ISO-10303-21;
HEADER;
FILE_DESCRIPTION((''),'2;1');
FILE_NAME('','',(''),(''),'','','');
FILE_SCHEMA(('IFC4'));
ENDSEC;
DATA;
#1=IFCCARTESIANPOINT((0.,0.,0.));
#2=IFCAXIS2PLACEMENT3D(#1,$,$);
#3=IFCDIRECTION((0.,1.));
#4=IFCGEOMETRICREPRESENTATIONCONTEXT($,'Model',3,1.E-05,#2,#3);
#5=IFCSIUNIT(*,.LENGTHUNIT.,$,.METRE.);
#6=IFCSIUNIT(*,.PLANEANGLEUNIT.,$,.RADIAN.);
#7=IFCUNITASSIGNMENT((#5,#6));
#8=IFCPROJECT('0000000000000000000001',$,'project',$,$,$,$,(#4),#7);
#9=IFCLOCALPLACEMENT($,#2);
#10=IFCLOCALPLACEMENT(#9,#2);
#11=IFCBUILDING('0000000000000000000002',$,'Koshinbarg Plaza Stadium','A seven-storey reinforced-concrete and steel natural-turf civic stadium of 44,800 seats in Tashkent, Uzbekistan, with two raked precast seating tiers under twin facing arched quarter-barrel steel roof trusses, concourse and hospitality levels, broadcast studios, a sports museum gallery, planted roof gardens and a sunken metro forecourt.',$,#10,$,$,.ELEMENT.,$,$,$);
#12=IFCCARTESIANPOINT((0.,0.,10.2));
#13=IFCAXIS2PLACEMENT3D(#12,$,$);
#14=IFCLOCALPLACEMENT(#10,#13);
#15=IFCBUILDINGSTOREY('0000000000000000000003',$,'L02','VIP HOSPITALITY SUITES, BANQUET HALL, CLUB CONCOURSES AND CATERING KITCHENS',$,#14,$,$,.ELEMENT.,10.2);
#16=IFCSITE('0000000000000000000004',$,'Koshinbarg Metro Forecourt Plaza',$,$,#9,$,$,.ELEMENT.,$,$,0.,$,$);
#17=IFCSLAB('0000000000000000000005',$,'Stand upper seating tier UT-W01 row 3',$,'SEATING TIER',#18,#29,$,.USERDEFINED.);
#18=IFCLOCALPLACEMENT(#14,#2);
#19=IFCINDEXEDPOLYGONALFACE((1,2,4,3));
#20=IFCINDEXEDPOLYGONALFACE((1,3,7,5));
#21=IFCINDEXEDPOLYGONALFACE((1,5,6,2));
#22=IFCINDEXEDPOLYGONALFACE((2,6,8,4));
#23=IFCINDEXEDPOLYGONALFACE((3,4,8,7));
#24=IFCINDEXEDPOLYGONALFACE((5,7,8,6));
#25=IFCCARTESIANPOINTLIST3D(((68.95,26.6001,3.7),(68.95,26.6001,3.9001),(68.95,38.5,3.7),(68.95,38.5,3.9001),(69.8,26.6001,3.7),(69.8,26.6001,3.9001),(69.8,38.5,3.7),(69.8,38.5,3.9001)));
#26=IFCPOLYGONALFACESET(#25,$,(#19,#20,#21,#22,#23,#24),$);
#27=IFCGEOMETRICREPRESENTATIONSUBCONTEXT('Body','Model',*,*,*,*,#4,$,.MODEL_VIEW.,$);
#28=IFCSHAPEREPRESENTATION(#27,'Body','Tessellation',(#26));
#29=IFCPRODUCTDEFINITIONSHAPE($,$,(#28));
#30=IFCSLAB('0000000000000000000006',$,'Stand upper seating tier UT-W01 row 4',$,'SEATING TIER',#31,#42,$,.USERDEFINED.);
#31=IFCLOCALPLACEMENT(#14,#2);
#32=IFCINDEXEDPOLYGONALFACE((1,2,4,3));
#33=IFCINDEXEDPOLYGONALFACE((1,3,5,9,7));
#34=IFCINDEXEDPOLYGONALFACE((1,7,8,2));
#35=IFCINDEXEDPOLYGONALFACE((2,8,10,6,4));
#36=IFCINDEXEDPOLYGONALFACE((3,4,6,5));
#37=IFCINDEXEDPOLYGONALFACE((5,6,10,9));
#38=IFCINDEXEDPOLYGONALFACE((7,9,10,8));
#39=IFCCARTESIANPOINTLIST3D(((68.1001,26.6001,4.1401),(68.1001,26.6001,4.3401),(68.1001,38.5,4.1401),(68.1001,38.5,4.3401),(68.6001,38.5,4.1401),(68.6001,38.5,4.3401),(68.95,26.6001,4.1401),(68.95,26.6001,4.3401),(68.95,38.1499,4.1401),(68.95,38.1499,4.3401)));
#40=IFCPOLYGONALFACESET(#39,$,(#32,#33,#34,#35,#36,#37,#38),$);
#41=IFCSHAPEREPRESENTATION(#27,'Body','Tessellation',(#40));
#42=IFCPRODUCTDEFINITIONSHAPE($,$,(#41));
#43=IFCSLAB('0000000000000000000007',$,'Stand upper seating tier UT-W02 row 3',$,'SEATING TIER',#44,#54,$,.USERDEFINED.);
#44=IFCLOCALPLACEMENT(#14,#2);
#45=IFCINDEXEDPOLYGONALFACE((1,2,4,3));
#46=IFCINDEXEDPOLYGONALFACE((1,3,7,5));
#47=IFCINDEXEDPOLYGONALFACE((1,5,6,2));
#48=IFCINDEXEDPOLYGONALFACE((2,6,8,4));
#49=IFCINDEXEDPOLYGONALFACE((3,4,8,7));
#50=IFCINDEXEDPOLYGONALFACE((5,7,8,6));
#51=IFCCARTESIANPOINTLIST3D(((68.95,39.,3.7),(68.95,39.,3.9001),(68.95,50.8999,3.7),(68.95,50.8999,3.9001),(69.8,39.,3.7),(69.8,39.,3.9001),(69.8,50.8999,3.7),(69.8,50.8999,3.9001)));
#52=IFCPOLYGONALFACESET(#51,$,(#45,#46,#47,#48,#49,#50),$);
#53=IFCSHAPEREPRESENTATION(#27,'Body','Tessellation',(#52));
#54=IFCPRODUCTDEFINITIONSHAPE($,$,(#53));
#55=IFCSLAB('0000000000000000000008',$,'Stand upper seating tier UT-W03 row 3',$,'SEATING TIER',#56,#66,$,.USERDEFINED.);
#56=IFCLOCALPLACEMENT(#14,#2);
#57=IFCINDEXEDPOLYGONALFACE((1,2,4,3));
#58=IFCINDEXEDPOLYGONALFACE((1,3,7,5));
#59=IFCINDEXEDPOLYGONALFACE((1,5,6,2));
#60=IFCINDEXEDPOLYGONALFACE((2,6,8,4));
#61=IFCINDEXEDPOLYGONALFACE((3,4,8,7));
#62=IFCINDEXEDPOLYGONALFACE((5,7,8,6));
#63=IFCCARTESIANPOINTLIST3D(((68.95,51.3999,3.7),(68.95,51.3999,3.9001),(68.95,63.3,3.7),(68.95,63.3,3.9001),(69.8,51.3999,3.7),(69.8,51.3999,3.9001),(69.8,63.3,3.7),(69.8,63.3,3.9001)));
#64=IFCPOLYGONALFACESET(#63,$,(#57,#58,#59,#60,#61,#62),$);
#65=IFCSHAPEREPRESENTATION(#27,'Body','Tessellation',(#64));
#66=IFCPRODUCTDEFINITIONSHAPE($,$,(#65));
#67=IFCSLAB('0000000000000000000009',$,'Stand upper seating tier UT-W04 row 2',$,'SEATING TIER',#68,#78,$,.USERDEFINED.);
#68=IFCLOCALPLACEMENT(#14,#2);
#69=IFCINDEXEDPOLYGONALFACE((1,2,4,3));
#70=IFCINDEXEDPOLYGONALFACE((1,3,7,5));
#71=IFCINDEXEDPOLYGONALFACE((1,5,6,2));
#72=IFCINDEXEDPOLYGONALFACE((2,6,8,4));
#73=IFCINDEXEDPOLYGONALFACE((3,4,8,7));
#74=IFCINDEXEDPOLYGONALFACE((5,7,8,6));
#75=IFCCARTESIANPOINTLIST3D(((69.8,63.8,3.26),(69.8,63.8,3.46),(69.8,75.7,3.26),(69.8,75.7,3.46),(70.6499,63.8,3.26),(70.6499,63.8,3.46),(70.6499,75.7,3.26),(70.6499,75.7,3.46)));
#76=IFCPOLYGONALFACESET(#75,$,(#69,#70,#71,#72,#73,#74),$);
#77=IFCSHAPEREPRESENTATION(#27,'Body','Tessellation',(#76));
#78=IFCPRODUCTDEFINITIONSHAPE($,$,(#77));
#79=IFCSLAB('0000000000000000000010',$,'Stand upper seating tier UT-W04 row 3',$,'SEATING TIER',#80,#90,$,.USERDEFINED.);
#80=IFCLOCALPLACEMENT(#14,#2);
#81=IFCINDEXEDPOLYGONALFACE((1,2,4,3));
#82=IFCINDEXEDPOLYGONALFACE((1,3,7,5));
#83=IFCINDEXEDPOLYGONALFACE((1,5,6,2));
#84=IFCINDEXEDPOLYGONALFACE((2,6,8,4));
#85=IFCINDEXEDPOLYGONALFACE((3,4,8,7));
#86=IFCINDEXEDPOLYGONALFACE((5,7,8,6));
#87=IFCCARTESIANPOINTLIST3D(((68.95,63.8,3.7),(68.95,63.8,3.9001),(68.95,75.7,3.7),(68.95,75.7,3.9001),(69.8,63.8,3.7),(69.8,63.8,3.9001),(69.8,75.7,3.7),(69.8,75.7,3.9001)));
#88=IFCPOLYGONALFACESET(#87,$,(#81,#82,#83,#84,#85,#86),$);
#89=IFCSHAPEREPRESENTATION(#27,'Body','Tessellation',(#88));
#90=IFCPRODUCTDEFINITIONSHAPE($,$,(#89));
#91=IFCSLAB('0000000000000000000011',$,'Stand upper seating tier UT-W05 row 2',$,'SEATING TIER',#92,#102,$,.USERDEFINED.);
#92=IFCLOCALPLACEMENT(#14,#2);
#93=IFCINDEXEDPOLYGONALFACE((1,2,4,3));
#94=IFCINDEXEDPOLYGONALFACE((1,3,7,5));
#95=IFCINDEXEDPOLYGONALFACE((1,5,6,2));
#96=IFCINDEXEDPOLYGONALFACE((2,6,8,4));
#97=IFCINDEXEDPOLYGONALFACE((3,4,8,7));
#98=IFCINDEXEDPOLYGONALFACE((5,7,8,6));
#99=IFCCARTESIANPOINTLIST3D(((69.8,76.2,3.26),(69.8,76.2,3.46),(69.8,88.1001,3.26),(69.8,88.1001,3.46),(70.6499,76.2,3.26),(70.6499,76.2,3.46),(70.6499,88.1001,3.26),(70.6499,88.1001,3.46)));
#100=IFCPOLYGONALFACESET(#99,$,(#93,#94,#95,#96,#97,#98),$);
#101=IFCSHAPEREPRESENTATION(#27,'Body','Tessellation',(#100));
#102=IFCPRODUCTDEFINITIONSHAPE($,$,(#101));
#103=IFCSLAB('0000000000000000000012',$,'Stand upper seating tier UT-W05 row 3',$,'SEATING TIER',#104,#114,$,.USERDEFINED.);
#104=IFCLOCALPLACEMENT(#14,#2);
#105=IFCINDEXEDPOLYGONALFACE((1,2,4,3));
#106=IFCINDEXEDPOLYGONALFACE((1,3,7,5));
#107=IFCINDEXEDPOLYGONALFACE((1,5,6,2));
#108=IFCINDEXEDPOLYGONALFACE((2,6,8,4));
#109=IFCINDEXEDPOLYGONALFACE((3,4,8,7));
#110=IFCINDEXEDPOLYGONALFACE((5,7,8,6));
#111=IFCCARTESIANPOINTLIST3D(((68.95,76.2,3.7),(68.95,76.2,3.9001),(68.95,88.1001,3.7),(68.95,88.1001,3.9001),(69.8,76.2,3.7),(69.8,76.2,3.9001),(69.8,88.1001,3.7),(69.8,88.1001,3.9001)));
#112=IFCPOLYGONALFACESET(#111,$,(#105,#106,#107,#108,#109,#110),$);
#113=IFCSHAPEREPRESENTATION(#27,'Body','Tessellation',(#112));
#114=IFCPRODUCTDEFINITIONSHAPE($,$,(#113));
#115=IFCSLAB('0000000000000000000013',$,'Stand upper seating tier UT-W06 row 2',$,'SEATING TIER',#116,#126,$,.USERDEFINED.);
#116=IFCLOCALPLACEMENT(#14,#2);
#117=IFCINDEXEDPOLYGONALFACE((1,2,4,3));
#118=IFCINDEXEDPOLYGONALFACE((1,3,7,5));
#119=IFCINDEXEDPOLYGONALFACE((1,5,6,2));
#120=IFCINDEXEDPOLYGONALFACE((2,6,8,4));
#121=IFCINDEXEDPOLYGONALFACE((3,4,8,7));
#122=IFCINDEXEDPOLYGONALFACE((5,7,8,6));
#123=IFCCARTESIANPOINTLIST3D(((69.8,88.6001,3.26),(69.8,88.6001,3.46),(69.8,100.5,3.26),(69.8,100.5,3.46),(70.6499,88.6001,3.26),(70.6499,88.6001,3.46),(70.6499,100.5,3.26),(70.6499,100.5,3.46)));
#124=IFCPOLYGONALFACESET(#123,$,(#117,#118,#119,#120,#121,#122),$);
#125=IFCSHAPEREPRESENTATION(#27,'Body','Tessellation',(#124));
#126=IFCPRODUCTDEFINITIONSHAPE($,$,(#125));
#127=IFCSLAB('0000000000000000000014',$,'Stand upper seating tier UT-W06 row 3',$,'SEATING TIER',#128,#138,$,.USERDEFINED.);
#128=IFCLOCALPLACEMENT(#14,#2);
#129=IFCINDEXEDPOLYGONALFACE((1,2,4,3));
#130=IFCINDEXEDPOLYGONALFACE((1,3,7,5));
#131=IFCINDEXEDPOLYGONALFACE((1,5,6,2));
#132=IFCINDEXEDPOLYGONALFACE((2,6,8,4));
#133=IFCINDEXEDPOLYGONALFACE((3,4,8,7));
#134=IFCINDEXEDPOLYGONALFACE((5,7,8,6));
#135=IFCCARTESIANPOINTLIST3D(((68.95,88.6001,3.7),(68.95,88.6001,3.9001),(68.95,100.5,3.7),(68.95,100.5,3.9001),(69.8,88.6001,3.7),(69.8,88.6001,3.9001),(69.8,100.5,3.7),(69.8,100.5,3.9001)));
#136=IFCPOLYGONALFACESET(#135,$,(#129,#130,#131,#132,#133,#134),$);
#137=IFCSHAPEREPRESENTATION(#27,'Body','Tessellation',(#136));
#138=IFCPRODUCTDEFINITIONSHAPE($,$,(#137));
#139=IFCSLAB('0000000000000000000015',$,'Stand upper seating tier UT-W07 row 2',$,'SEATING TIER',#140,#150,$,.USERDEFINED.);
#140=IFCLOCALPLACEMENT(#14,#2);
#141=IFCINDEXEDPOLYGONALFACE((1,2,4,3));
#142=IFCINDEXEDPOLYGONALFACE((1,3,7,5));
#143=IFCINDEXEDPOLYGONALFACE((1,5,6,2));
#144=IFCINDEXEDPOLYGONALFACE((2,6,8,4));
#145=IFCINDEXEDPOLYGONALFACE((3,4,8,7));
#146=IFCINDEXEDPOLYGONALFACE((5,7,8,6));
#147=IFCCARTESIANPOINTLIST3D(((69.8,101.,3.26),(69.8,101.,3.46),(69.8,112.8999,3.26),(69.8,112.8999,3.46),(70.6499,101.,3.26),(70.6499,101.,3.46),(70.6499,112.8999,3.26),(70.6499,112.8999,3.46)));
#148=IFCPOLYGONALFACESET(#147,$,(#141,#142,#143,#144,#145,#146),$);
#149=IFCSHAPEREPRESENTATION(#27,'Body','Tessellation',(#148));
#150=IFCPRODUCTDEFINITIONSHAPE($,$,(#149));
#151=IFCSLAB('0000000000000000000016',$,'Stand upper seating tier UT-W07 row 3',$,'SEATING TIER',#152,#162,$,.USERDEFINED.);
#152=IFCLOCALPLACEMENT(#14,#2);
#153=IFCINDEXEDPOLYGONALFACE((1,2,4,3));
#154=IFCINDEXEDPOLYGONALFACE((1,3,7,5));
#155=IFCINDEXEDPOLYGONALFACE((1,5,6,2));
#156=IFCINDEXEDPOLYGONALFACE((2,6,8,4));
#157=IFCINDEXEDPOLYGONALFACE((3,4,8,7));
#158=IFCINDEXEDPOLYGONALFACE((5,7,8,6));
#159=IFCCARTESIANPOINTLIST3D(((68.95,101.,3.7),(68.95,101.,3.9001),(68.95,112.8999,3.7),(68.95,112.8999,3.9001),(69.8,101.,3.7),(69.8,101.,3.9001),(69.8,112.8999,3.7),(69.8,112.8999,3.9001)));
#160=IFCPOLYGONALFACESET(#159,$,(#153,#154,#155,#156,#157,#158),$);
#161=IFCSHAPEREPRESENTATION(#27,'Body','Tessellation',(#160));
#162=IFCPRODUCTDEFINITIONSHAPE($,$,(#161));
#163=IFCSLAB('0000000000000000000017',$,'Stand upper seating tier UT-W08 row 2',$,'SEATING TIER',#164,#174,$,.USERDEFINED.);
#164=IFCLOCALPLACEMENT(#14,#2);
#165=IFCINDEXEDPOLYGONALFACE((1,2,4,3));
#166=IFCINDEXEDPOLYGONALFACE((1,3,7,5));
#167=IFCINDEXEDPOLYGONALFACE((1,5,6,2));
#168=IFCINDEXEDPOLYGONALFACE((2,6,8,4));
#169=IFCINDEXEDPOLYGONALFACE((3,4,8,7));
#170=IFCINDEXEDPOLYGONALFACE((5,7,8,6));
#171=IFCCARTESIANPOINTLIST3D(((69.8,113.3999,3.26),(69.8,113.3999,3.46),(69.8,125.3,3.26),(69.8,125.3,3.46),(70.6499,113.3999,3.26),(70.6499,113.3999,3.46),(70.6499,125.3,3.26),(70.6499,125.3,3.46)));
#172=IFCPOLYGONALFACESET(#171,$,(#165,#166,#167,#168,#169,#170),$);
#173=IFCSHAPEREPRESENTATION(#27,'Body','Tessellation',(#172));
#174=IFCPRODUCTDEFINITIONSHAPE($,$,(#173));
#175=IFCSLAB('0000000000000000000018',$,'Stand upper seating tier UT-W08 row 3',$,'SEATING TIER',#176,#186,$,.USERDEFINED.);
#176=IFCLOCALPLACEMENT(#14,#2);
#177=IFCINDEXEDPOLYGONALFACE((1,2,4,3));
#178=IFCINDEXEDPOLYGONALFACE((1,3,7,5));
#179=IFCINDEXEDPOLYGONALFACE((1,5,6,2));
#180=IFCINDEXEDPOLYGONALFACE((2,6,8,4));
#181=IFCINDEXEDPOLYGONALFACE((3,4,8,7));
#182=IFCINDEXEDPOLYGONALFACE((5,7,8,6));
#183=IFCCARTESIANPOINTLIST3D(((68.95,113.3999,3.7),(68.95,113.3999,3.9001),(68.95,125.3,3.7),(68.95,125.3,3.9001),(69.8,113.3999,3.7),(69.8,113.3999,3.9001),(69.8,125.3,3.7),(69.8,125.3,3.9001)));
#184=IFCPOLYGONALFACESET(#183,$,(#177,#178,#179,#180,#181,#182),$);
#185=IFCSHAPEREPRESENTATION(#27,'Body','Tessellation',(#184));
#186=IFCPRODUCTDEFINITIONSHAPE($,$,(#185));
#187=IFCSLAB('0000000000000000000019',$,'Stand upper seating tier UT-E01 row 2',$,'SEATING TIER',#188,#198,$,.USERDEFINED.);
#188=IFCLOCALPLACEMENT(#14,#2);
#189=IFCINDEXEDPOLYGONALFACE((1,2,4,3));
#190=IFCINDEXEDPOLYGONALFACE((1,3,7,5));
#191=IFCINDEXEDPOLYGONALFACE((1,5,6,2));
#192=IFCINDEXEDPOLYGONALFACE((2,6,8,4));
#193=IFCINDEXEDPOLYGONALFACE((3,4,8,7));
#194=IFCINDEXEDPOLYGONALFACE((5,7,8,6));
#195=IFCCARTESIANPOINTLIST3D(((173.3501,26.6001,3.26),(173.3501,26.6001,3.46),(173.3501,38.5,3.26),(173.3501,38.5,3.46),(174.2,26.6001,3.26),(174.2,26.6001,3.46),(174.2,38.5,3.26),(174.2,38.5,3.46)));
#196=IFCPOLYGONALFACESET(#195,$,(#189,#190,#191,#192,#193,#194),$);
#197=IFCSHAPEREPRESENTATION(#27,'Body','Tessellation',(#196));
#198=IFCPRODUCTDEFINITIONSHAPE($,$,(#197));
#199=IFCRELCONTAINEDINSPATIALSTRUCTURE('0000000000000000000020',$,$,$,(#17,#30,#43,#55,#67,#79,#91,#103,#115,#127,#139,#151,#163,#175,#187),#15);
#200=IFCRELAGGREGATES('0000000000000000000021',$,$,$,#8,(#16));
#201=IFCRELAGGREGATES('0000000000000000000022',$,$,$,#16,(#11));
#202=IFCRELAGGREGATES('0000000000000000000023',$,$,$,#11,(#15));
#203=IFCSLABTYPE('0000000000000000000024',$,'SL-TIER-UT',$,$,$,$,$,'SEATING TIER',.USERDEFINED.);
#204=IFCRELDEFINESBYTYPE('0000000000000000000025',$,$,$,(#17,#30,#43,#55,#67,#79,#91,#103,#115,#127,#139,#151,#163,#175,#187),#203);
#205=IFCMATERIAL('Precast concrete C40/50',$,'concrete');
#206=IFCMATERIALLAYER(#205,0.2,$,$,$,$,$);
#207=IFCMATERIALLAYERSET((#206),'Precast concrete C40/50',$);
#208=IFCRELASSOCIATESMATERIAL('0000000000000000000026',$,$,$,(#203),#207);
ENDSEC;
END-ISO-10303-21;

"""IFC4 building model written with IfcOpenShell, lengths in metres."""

from ifc_helpers import new_model, si_unit, direction, frame, origin, place, context, subcontext, project, spatial, polyline, outline, extrude, material, layer, layer_set, type_object, element, save


model = new_model("IFC4")

# Units and contexts
model_context = context("Model", 3, precision=1e-05, world=origin(), true_north=direction((0.0, 1.0)))
body_context = subcontext(model_context, "Body", "Model", "MODEL_VIEW")
ifc_project = project(units=[si_unit("LENGTHUNIT", "METRE"), si_unit("PLANEANGLEUNIT", "RADIAN")], contexts=[model_context])

# Site, building, storey
site_placement = place(None, origin())
site = spatial("IfcSite", under=ifc_project, at=site_placement, Name="Koshinbarg Metro Forecourt Plaza", CompositionType="ELEMENT", RefElevation=0.0)
building_placement = place(site_placement, origin())
building = spatial("IfcBuilding", under=site, at=building_placement, Name="Koshinbarg Plaza Stadium", Description="A seven-storey reinforced-concrete and steel natural-turf civic stadium of 44,800 seats in Tashkent, Uzbekistan, with two raked precast seating tiers under twin facing arched quarter-barrel steel roof trusses, concourse and hospitality levels, broadcast studios, a sports museum gallery, planted roof gardens and a sunken metro forecourt.", CompositionType="ELEMENT")
storey_placement = place(building_placement, frame((0.0, 0.0, 10.2)))
storey = spatial("IfcBuildingStorey", under=building, at=storey_placement, Name="L02", Description="VIP HOSPITALITY SUITES, BANQUET HALL, CLUB CONCOURSES AND CATERING KITCHENS", CompositionType="ELEMENT", Elevation=10.2)

# Slabs
ifc_material = material(Name="Precast concrete C40/50", Category="concrete")
ifc_layer = layer(ifc_material, 0.2)
ifc_layer_set = layer_set([ifc_layer], Name="Precast concrete C40/50")
slab_type = type_object("IfcSlabType", Name="SL-TIER-UT", ElementType="SEATING TIER", PredefinedType="USERDEFINED", material=ifc_layer_set)
slab_1_placement = place(storey_placement, frame((0.0, 0.0, 3.7)))
element("IfcSlab", 1, at=slab_1_placement, inside=storey, type_object=slab_type, Name="Stand upper seating tier UT-W01 row 3", ObjectType="SEATING TIER", PredefinedType="USERDEFINED", context=body_context, shape_type="SweptSolid", body=[
    extrude(outline(polyline([(68.95, 26.6001), (69.8, 26.6001), (69.8, 38.5), (68.95, 38.5), (68.95, 26.6001)])), origin(), (0.0, 0.0, 1.0), 0.2002),
])
slab_2_placement = place(storey_placement, frame((0.0, 0.0, 4.1401)))
element("IfcSlab", 2, at=slab_2_placement, inside=storey, type_object=slab_type, Name="Stand upper seating tier UT-W01 row 4", ObjectType="SEATING TIER", PredefinedType="USERDEFINED", context=body_context, shape_type="SweptSolid", body=[
    extrude(outline(polyline([(68.1001, 26.6001), (68.95, 26.6001), (68.95, 38.1499), (68.6001, 38.5), (68.1001, 38.5), (68.1001, 26.6001)])), origin(), (0.0, 0.0, 1.0), 0.2),
])
slab_3_placement = place(storey_placement, frame((0.0, 0.0, 3.7)))
element("IfcSlab", 3, at=slab_3_placement, inside=storey, type_object=slab_type, Name="Stand upper seating tier UT-W02 row 3", ObjectType="SEATING TIER", PredefinedType="USERDEFINED", context=body_context, shape_type="SweptSolid", body=[
    extrude(outline(polyline([(68.95, 39.0), (69.8, 39.0), (69.8, 50.8999), (68.95, 50.8999), (68.95, 39.0)])), origin(), (0.0, 0.0, 1.0), 0.2002),
])
slab_4_placement = place(storey_placement, frame((0.0, 0.0, 3.7)))
element("IfcSlab", 4, at=slab_4_placement, inside=storey, type_object=slab_type, Name="Stand upper seating tier UT-W03 row 3", ObjectType="SEATING TIER", PredefinedType="USERDEFINED", context=body_context, shape_type="SweptSolid", body=[
    extrude(outline(polyline([(68.95, 51.3999), (69.8, 51.3999), (69.8, 63.3), (68.95, 63.3), (68.95, 51.3999)])), origin(), (0.0, 0.0, 1.0), 0.2002),
])
slab_5_placement = place(storey_placement, frame((0.0, 0.0, 3.26)))
element("IfcSlab", 5, at=slab_5_placement, inside=storey, type_object=slab_type, Name="Stand upper seating tier UT-W04 row 2", ObjectType="SEATING TIER", PredefinedType="USERDEFINED", context=body_context, shape_type="SweptSolid", body=[
    extrude(outline(polyline([(69.8, 63.8), (70.6499, 63.8), (70.6499, 75.7), (69.8, 75.7), (69.8, 63.8)])), origin(), (0.0, 0.0, 1.0), 0.2),
])
slab_6_placement = place(storey_placement, frame((0.0, 0.0, 3.7)))
element("IfcSlab", 6, at=slab_6_placement, inside=storey, type_object=slab_type, Name="Stand upper seating tier UT-W04 row 3", ObjectType="SEATING TIER", PredefinedType="USERDEFINED", context=body_context, shape_type="SweptSolid", body=[
    extrude(outline(polyline([(68.95, 63.8), (69.8, 63.8), (69.8, 75.7), (68.95, 75.7), (68.95, 63.8)])), origin(), (0.0, 0.0, 1.0), 0.2002),
])
slab_7_placement = place(storey_placement, frame((0.0, 0.0, 3.26)))
element("IfcSlab", 7, at=slab_7_placement, inside=storey, type_object=slab_type, Name="Stand upper seating tier UT-W05 row 2", ObjectType="SEATING TIER", PredefinedType="USERDEFINED", context=body_context, shape_type="SweptSolid", body=[
    extrude(outline(polyline([(69.8, 76.2), (70.6499, 76.2), (70.6499, 88.1001), (69.8, 88.1001), (69.8, 76.2)])), origin(), (0.0, 0.0, 1.0), 0.2),
])
slab_8_placement = place(storey_placement, frame((0.0, 0.0, 3.7)))
element("IfcSlab", 8, at=slab_8_placement, inside=storey, type_object=slab_type, Name="Stand upper seating tier UT-W05 row 3", ObjectType="SEATING TIER", PredefinedType="USERDEFINED", context=body_context, shape_type="SweptSolid", body=[
    extrude(outline(polyline([(68.95, 76.2), (69.8, 76.2), (69.8, 88.1001), (68.95, 88.1001), (68.95, 76.2)])), origin(), (0.0, 0.0, 1.0), 0.2002),
])
slab_9_placement = place(storey_placement, frame((0.0, 0.0, 3.26)))
element("IfcSlab", 9, at=slab_9_placement, inside=storey, type_object=slab_type, Name="Stand upper seating tier UT-W06 row 2", ObjectType="SEATING TIER", PredefinedType="USERDEFINED", context=body_context, shape_type="SweptSolid", body=[
    extrude(outline(polyline([(69.8, 88.6001), (70.6499, 88.6001), (70.6499, 100.5), (69.8, 100.5), (69.8, 88.6001)])), origin(), (0.0, 0.0, 1.0), 0.2),
])
slab_10_placement = place(storey_placement, frame((0.0, 0.0, 3.7)))
element("IfcSlab", 10, at=slab_10_placement, inside=storey, type_object=slab_type, Name="Stand upper seating tier UT-W06 row 3", ObjectType="SEATING TIER", PredefinedType="USERDEFINED", context=body_context, shape_type="SweptSolid", body=[
    extrude(outline(polyline([(68.95, 88.6001), (69.8, 88.6001), (69.8, 100.5), (68.95, 100.5), (68.95, 88.6001)])), origin(), (0.0, 0.0, 1.0), 0.2002),
])
slab_11_placement = place(storey_placement, frame((0.0, 0.0, 3.26)))
element("IfcSlab", 11, at=slab_11_placement, inside=storey, type_object=slab_type, Name="Stand upper seating tier UT-W07 row 2", ObjectType="SEATING TIER", PredefinedType="USERDEFINED", context=body_context, shape_type="SweptSolid", body=[
    extrude(outline(polyline([(69.8, 101.0), (70.6499, 101.0), (70.6499, 112.8999), (69.8, 112.8999), (69.8, 101.0)])), origin(), (0.0, 0.0, 1.0), 0.2),
])
slab_12_placement = place(storey_placement, frame((0.0, 0.0, 3.7)))
element("IfcSlab", 12, at=slab_12_placement, inside=storey, type_object=slab_type, Name="Stand upper seating tier UT-W07 row 3", ObjectType="SEATING TIER", PredefinedType="USERDEFINED", context=body_context, shape_type="SweptSolid", body=[
    extrude(outline(polyline([(68.95, 101.0), (69.8, 101.0), (69.8, 112.8999), (68.95, 112.8999), (68.95, 101.0)])), origin(), (0.0, 0.0, 1.0), 0.2002),
])
slab_13_placement = place(storey_placement, frame((0.0, 0.0, 3.26)))
element("IfcSlab", 13, at=slab_13_placement, inside=storey, type_object=slab_type, Name="Stand upper seating tier UT-W08 row 2", ObjectType="SEATING TIER", PredefinedType="USERDEFINED", context=body_context, shape_type="SweptSolid", body=[
    extrude(outline(polyline([(69.8, 113.3999), (70.6499, 113.3999), (70.6499, 125.3), (69.8, 125.3), (69.8, 113.3999)])), origin(), (0.0, 0.0, 1.0), 0.2),
])
slab_14_placement = place(storey_placement, frame((0.0, 0.0, 3.7)))
element("IfcSlab", 14, at=slab_14_placement, inside=storey, type_object=slab_type, Name="Stand upper seating tier UT-W08 row 3", ObjectType="SEATING TIER", PredefinedType="USERDEFINED", context=body_context, shape_type="SweptSolid", body=[
    extrude(outline(polyline([(68.95, 113.3999), (69.8, 113.3999), (69.8, 125.3), (68.95, 125.3), (68.95, 113.3999)])), origin(), (0.0, 0.0, 1.0), 0.2002),
])
slab_15_placement = place(storey_placement, frame((0.0, 0.0, 3.26)))
element("IfcSlab", 15, at=slab_15_placement, inside=storey, type_object=slab_type, Name="Stand upper seating tier UT-E01 row 2", ObjectType="SEATING TIER", PredefinedType="USERDEFINED", context=body_context, shape_type="SweptSolid", body=[
    extrude(outline(polyline([(173.3501, 26.6001), (174.2, 26.6001), (174.2, 38.5), (173.3501, 38.5), (173.3501, 26.6001)])), origin(), (0.0, 0.0, 1.0), 0.2),
])

save(model, "model.ifc")
